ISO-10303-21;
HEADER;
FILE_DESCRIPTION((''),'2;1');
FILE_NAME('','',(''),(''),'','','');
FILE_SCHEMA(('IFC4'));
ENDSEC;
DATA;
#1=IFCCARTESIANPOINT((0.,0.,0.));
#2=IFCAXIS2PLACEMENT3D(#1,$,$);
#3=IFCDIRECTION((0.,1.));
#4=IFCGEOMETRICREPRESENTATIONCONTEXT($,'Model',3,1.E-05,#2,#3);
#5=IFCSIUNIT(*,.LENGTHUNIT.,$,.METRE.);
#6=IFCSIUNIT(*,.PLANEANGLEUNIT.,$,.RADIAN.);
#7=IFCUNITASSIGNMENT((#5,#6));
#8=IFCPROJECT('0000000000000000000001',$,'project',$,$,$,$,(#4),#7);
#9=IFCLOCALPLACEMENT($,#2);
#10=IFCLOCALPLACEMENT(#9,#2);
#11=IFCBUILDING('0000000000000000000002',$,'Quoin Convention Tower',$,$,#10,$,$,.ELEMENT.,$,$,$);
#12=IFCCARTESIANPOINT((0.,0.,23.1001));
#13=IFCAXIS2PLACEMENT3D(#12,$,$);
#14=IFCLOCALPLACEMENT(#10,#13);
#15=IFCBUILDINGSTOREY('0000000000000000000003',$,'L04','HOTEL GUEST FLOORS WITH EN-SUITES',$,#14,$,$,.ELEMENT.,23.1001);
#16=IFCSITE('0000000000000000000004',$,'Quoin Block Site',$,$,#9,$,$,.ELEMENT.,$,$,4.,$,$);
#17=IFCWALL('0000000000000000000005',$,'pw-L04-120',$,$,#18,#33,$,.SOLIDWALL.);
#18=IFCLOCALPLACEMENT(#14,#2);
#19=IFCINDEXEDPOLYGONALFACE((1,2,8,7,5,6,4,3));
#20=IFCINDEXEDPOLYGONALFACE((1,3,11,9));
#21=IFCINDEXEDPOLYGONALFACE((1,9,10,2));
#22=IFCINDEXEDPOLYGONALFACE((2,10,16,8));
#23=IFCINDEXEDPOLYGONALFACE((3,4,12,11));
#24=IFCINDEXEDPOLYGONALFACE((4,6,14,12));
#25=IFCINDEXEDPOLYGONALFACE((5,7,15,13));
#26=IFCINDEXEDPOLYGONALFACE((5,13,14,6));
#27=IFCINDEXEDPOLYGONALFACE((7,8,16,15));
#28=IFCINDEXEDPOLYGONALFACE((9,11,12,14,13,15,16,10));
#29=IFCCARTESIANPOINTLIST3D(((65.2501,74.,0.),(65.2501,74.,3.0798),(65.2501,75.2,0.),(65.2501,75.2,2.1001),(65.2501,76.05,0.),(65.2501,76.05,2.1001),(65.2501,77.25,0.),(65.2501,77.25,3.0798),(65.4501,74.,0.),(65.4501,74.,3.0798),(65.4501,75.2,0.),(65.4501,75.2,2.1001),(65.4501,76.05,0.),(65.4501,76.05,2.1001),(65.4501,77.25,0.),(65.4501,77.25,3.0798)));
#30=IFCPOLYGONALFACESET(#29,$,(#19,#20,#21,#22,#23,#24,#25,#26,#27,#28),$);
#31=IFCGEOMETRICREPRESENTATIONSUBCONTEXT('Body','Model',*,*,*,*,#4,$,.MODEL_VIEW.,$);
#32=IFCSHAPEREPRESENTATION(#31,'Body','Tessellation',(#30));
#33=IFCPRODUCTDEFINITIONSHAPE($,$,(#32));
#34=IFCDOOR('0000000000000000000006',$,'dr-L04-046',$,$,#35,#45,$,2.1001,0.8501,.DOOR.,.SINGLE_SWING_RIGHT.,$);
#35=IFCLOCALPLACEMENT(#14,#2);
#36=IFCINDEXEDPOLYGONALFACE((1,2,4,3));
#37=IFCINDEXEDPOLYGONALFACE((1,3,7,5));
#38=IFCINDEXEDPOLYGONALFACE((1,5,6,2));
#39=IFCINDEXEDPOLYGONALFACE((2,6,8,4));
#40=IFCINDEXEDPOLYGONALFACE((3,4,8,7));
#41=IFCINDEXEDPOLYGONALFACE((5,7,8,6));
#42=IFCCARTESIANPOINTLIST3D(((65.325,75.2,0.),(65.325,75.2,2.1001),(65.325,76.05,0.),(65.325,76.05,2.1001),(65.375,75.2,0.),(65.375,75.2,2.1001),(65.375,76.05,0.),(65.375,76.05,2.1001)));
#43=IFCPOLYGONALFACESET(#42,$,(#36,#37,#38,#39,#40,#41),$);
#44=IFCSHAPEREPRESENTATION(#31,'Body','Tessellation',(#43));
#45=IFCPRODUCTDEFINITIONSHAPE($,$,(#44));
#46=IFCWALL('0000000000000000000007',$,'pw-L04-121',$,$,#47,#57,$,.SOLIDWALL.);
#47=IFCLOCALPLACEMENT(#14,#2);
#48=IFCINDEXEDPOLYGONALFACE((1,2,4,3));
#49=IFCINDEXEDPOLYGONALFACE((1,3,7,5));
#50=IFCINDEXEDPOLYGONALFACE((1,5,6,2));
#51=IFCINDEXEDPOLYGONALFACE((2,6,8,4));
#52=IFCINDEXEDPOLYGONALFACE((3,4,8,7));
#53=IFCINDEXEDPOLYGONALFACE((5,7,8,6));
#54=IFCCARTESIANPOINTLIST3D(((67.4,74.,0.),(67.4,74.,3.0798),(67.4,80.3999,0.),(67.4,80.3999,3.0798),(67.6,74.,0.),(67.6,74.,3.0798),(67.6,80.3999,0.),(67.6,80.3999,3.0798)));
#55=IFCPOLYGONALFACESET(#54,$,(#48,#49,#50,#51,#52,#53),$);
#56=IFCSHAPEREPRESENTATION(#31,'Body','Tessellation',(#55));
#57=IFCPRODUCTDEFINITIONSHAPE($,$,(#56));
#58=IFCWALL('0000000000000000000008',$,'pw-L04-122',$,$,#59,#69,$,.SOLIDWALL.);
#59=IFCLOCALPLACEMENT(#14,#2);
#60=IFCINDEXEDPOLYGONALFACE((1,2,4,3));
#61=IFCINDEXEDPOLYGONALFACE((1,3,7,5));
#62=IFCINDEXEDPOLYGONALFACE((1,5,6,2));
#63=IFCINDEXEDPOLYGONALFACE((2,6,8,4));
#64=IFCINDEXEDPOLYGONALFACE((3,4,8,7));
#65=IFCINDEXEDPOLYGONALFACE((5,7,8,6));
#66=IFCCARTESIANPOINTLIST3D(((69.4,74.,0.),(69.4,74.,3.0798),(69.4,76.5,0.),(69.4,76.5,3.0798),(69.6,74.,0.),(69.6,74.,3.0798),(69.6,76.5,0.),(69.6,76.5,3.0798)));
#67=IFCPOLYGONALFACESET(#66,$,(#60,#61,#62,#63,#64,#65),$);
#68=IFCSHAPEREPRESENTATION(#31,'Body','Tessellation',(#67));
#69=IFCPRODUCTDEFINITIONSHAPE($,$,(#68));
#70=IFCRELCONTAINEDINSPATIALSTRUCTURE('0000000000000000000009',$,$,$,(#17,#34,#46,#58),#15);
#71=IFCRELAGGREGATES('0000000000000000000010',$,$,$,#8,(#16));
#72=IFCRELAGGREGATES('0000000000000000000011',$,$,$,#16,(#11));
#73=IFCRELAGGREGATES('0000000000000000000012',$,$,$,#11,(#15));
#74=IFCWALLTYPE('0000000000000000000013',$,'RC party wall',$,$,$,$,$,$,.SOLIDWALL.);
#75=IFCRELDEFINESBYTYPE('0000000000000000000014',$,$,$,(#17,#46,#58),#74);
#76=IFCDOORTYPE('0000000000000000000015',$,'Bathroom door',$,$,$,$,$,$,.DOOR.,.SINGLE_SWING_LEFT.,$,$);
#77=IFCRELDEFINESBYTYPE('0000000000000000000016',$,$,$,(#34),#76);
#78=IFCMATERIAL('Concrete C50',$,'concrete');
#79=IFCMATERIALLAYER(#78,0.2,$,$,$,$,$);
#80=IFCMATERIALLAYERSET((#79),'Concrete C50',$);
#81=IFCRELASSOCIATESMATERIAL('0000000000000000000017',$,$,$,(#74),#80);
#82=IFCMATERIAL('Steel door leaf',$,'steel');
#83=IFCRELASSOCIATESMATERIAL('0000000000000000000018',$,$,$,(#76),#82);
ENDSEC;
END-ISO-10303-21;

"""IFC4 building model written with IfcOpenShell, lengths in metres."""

from ifc_helpers import new_model, si_unit, direction, frame, frame_2d, origin, place, context, subcontext, project, spatial, rectangle, extrude, material, layer, layer_set, type_object, element, fill, save


model = new_model("IFC4")

# Units and contexts
model_context = context("Model", 3, precision=1e-05, world=origin(), true_north=direction((0.0, 1.0)))
body_context = subcontext(model_context, "Body", "Model", "MODEL_VIEW")
ifc_project = project(units=[si_unit("LENGTHUNIT", "METRE"), si_unit("PLANEANGLEUNIT", "RADIAN")], contexts=[model_context])

# Site, building, storey
site_placement = place(None, origin())
site = spatial("IfcSite", under=ifc_project, at=site_placement, Name="Quoin Block Site", CompositionType="ELEMENT", RefElevation=4.0)
building_placement = place(site_placement, origin())
building = spatial("IfcBuilding", under=site, at=building_placement, Name="Quoin Convention Tower", CompositionType="ELEMENT")
storey_placement = place(building_placement, frame((0.0, 0.0, 23.1001)))
storey = spatial("IfcBuildingStorey", under=building, at=storey_placement, Name="L04", Description="HOTEL GUEST FLOORS WITH EN-SUITES", CompositionType="ELEMENT", Elevation=23.1001)

# Shared definitions
ifc_material_1 = material(Name="Concrete C50", Category="concrete")

# Shared definitions
ifc_layer_1 = layer(ifc_material_1, 0.2)
ifc_layer_set_1 = layer_set([ifc_layer_1], Name="Concrete C50")
wall_type_1 = type_object("IfcWallType", Name="RC party wall", PredefinedType="SOLIDWALL", material=ifc_layer_set_1)
ifc_material_2 = material(Name="Steel door leaf", Category="steel")
door_type = type_object("IfcDoorType", Name="Bathroom door", OperationType="SINGLE_SWING_LEFT", PredefinedType="DOOR", material=ifc_material_2)

# Wall, opening, door
wall_1_placement = place(storey_placement, frame((65.3501, 74.0, 0.0), z_axis=(0.0, 0.0, 1.0), x_axis=(0.0, 1.0, 0.0)))
wall_1 = element("IfcWall", 1, at=wall_1_placement, inside=storey, type_object=wall_type_1, Name="pw-L04-120", PredefinedType="SOLIDWALL", context=body_context, shape_type="SweptSolid", body=[
    extrude(rectangle(XDim=3.25, YDim=0.2, at=frame_2d((1.625, 0.0))), origin(), (0.0, 0.0, 1.0), 3.0798),
])
opening_1_placement = place(wall_1_placement, frame((1.2, 0.0, 0.0)))
opening_1 = element("IfcOpeningElement", 2, at=opening_1_placement, cuts=wall_1, PredefinedType="OPENING", context=body_context, shape_type="SweptSolid", body=[
    extrude(rectangle(XDim=0.8501, YDim=2.1001, at=frame_2d((0.425, 1.05))), frame((0.0, 0.1099, 0.0), z_axis=(0.0, -1.0, 0.0), x_axis=(1.0, 0.0, 0.0)), (0.0, 0.0, 1.0), 0.22),
])
door_1_placement = place(opening_1_placement, frame((0.8501, 0.0, 0.0), z_axis=(0.0, 0.0, 1.0), x_axis=(-1.0, 0.0, 0.0)))
door_1 = element("IfcDoor", 3, at=door_1_placement, inside=storey, type_object=door_type, Name="dr-L04-046", OperationType="SINGLE_SWING_RIGHT", OverallHeight=2.1001, OverallWidth=0.8501, PredefinedType="DOOR", context=body_context, shape_type="SweptSolid", body=[
    extrude(rectangle(XDim=0.8501, YDim=2.1001, at=frame_2d((0.425, 1.05))), frame((0.0, 0.0249, 0.0), z_axis=(0.0, -1.0, 0.0), x_axis=(1.0, 0.0, 0.0)), (0.0, 0.0, 1.0), 0.05),
])
fill(opening_1, door_1)

# Walls
wall_2_placement = place(storey_placement, frame((67.5, 74.0, 0.0), z_axis=(0.0, 0.0, 1.0), x_axis=(0.0, 1.0, 0.0)))
element("IfcWall", 4, at=wall_2_placement, inside=storey, type_object=wall_type_1, Name="pw-L04-121", PredefinedType="SOLIDWALL", context=body_context, shape_type="SweptSolid", body=[
    extrude(rectangle(XDim=6.3999, YDim=0.2, at=frame_2d((3.2, 0.0))), origin(), (0.0, 0.0, 1.0), 3.0798),
])
wall_3_placement = place(storey_placement, frame((69.5, 74.0, 0.0), z_axis=(0.0, 0.0, 1.0), x_axis=(0.0, 1.0, 0.0)))
element("IfcWall", 5, at=wall_3_placement, inside=storey, type_object=wall_type_1, Name="pw-L04-122", PredefinedType="SOLIDWALL", context=body_context, shape_type="SweptSolid", body=[
    extrude(rectangle(XDim=2.5, YDim=0.2, at=frame_2d((1.25, 0.0))), origin(), (0.0, 0.0, 1.0), 3.0798),
])

save(model, "model.ifc")
